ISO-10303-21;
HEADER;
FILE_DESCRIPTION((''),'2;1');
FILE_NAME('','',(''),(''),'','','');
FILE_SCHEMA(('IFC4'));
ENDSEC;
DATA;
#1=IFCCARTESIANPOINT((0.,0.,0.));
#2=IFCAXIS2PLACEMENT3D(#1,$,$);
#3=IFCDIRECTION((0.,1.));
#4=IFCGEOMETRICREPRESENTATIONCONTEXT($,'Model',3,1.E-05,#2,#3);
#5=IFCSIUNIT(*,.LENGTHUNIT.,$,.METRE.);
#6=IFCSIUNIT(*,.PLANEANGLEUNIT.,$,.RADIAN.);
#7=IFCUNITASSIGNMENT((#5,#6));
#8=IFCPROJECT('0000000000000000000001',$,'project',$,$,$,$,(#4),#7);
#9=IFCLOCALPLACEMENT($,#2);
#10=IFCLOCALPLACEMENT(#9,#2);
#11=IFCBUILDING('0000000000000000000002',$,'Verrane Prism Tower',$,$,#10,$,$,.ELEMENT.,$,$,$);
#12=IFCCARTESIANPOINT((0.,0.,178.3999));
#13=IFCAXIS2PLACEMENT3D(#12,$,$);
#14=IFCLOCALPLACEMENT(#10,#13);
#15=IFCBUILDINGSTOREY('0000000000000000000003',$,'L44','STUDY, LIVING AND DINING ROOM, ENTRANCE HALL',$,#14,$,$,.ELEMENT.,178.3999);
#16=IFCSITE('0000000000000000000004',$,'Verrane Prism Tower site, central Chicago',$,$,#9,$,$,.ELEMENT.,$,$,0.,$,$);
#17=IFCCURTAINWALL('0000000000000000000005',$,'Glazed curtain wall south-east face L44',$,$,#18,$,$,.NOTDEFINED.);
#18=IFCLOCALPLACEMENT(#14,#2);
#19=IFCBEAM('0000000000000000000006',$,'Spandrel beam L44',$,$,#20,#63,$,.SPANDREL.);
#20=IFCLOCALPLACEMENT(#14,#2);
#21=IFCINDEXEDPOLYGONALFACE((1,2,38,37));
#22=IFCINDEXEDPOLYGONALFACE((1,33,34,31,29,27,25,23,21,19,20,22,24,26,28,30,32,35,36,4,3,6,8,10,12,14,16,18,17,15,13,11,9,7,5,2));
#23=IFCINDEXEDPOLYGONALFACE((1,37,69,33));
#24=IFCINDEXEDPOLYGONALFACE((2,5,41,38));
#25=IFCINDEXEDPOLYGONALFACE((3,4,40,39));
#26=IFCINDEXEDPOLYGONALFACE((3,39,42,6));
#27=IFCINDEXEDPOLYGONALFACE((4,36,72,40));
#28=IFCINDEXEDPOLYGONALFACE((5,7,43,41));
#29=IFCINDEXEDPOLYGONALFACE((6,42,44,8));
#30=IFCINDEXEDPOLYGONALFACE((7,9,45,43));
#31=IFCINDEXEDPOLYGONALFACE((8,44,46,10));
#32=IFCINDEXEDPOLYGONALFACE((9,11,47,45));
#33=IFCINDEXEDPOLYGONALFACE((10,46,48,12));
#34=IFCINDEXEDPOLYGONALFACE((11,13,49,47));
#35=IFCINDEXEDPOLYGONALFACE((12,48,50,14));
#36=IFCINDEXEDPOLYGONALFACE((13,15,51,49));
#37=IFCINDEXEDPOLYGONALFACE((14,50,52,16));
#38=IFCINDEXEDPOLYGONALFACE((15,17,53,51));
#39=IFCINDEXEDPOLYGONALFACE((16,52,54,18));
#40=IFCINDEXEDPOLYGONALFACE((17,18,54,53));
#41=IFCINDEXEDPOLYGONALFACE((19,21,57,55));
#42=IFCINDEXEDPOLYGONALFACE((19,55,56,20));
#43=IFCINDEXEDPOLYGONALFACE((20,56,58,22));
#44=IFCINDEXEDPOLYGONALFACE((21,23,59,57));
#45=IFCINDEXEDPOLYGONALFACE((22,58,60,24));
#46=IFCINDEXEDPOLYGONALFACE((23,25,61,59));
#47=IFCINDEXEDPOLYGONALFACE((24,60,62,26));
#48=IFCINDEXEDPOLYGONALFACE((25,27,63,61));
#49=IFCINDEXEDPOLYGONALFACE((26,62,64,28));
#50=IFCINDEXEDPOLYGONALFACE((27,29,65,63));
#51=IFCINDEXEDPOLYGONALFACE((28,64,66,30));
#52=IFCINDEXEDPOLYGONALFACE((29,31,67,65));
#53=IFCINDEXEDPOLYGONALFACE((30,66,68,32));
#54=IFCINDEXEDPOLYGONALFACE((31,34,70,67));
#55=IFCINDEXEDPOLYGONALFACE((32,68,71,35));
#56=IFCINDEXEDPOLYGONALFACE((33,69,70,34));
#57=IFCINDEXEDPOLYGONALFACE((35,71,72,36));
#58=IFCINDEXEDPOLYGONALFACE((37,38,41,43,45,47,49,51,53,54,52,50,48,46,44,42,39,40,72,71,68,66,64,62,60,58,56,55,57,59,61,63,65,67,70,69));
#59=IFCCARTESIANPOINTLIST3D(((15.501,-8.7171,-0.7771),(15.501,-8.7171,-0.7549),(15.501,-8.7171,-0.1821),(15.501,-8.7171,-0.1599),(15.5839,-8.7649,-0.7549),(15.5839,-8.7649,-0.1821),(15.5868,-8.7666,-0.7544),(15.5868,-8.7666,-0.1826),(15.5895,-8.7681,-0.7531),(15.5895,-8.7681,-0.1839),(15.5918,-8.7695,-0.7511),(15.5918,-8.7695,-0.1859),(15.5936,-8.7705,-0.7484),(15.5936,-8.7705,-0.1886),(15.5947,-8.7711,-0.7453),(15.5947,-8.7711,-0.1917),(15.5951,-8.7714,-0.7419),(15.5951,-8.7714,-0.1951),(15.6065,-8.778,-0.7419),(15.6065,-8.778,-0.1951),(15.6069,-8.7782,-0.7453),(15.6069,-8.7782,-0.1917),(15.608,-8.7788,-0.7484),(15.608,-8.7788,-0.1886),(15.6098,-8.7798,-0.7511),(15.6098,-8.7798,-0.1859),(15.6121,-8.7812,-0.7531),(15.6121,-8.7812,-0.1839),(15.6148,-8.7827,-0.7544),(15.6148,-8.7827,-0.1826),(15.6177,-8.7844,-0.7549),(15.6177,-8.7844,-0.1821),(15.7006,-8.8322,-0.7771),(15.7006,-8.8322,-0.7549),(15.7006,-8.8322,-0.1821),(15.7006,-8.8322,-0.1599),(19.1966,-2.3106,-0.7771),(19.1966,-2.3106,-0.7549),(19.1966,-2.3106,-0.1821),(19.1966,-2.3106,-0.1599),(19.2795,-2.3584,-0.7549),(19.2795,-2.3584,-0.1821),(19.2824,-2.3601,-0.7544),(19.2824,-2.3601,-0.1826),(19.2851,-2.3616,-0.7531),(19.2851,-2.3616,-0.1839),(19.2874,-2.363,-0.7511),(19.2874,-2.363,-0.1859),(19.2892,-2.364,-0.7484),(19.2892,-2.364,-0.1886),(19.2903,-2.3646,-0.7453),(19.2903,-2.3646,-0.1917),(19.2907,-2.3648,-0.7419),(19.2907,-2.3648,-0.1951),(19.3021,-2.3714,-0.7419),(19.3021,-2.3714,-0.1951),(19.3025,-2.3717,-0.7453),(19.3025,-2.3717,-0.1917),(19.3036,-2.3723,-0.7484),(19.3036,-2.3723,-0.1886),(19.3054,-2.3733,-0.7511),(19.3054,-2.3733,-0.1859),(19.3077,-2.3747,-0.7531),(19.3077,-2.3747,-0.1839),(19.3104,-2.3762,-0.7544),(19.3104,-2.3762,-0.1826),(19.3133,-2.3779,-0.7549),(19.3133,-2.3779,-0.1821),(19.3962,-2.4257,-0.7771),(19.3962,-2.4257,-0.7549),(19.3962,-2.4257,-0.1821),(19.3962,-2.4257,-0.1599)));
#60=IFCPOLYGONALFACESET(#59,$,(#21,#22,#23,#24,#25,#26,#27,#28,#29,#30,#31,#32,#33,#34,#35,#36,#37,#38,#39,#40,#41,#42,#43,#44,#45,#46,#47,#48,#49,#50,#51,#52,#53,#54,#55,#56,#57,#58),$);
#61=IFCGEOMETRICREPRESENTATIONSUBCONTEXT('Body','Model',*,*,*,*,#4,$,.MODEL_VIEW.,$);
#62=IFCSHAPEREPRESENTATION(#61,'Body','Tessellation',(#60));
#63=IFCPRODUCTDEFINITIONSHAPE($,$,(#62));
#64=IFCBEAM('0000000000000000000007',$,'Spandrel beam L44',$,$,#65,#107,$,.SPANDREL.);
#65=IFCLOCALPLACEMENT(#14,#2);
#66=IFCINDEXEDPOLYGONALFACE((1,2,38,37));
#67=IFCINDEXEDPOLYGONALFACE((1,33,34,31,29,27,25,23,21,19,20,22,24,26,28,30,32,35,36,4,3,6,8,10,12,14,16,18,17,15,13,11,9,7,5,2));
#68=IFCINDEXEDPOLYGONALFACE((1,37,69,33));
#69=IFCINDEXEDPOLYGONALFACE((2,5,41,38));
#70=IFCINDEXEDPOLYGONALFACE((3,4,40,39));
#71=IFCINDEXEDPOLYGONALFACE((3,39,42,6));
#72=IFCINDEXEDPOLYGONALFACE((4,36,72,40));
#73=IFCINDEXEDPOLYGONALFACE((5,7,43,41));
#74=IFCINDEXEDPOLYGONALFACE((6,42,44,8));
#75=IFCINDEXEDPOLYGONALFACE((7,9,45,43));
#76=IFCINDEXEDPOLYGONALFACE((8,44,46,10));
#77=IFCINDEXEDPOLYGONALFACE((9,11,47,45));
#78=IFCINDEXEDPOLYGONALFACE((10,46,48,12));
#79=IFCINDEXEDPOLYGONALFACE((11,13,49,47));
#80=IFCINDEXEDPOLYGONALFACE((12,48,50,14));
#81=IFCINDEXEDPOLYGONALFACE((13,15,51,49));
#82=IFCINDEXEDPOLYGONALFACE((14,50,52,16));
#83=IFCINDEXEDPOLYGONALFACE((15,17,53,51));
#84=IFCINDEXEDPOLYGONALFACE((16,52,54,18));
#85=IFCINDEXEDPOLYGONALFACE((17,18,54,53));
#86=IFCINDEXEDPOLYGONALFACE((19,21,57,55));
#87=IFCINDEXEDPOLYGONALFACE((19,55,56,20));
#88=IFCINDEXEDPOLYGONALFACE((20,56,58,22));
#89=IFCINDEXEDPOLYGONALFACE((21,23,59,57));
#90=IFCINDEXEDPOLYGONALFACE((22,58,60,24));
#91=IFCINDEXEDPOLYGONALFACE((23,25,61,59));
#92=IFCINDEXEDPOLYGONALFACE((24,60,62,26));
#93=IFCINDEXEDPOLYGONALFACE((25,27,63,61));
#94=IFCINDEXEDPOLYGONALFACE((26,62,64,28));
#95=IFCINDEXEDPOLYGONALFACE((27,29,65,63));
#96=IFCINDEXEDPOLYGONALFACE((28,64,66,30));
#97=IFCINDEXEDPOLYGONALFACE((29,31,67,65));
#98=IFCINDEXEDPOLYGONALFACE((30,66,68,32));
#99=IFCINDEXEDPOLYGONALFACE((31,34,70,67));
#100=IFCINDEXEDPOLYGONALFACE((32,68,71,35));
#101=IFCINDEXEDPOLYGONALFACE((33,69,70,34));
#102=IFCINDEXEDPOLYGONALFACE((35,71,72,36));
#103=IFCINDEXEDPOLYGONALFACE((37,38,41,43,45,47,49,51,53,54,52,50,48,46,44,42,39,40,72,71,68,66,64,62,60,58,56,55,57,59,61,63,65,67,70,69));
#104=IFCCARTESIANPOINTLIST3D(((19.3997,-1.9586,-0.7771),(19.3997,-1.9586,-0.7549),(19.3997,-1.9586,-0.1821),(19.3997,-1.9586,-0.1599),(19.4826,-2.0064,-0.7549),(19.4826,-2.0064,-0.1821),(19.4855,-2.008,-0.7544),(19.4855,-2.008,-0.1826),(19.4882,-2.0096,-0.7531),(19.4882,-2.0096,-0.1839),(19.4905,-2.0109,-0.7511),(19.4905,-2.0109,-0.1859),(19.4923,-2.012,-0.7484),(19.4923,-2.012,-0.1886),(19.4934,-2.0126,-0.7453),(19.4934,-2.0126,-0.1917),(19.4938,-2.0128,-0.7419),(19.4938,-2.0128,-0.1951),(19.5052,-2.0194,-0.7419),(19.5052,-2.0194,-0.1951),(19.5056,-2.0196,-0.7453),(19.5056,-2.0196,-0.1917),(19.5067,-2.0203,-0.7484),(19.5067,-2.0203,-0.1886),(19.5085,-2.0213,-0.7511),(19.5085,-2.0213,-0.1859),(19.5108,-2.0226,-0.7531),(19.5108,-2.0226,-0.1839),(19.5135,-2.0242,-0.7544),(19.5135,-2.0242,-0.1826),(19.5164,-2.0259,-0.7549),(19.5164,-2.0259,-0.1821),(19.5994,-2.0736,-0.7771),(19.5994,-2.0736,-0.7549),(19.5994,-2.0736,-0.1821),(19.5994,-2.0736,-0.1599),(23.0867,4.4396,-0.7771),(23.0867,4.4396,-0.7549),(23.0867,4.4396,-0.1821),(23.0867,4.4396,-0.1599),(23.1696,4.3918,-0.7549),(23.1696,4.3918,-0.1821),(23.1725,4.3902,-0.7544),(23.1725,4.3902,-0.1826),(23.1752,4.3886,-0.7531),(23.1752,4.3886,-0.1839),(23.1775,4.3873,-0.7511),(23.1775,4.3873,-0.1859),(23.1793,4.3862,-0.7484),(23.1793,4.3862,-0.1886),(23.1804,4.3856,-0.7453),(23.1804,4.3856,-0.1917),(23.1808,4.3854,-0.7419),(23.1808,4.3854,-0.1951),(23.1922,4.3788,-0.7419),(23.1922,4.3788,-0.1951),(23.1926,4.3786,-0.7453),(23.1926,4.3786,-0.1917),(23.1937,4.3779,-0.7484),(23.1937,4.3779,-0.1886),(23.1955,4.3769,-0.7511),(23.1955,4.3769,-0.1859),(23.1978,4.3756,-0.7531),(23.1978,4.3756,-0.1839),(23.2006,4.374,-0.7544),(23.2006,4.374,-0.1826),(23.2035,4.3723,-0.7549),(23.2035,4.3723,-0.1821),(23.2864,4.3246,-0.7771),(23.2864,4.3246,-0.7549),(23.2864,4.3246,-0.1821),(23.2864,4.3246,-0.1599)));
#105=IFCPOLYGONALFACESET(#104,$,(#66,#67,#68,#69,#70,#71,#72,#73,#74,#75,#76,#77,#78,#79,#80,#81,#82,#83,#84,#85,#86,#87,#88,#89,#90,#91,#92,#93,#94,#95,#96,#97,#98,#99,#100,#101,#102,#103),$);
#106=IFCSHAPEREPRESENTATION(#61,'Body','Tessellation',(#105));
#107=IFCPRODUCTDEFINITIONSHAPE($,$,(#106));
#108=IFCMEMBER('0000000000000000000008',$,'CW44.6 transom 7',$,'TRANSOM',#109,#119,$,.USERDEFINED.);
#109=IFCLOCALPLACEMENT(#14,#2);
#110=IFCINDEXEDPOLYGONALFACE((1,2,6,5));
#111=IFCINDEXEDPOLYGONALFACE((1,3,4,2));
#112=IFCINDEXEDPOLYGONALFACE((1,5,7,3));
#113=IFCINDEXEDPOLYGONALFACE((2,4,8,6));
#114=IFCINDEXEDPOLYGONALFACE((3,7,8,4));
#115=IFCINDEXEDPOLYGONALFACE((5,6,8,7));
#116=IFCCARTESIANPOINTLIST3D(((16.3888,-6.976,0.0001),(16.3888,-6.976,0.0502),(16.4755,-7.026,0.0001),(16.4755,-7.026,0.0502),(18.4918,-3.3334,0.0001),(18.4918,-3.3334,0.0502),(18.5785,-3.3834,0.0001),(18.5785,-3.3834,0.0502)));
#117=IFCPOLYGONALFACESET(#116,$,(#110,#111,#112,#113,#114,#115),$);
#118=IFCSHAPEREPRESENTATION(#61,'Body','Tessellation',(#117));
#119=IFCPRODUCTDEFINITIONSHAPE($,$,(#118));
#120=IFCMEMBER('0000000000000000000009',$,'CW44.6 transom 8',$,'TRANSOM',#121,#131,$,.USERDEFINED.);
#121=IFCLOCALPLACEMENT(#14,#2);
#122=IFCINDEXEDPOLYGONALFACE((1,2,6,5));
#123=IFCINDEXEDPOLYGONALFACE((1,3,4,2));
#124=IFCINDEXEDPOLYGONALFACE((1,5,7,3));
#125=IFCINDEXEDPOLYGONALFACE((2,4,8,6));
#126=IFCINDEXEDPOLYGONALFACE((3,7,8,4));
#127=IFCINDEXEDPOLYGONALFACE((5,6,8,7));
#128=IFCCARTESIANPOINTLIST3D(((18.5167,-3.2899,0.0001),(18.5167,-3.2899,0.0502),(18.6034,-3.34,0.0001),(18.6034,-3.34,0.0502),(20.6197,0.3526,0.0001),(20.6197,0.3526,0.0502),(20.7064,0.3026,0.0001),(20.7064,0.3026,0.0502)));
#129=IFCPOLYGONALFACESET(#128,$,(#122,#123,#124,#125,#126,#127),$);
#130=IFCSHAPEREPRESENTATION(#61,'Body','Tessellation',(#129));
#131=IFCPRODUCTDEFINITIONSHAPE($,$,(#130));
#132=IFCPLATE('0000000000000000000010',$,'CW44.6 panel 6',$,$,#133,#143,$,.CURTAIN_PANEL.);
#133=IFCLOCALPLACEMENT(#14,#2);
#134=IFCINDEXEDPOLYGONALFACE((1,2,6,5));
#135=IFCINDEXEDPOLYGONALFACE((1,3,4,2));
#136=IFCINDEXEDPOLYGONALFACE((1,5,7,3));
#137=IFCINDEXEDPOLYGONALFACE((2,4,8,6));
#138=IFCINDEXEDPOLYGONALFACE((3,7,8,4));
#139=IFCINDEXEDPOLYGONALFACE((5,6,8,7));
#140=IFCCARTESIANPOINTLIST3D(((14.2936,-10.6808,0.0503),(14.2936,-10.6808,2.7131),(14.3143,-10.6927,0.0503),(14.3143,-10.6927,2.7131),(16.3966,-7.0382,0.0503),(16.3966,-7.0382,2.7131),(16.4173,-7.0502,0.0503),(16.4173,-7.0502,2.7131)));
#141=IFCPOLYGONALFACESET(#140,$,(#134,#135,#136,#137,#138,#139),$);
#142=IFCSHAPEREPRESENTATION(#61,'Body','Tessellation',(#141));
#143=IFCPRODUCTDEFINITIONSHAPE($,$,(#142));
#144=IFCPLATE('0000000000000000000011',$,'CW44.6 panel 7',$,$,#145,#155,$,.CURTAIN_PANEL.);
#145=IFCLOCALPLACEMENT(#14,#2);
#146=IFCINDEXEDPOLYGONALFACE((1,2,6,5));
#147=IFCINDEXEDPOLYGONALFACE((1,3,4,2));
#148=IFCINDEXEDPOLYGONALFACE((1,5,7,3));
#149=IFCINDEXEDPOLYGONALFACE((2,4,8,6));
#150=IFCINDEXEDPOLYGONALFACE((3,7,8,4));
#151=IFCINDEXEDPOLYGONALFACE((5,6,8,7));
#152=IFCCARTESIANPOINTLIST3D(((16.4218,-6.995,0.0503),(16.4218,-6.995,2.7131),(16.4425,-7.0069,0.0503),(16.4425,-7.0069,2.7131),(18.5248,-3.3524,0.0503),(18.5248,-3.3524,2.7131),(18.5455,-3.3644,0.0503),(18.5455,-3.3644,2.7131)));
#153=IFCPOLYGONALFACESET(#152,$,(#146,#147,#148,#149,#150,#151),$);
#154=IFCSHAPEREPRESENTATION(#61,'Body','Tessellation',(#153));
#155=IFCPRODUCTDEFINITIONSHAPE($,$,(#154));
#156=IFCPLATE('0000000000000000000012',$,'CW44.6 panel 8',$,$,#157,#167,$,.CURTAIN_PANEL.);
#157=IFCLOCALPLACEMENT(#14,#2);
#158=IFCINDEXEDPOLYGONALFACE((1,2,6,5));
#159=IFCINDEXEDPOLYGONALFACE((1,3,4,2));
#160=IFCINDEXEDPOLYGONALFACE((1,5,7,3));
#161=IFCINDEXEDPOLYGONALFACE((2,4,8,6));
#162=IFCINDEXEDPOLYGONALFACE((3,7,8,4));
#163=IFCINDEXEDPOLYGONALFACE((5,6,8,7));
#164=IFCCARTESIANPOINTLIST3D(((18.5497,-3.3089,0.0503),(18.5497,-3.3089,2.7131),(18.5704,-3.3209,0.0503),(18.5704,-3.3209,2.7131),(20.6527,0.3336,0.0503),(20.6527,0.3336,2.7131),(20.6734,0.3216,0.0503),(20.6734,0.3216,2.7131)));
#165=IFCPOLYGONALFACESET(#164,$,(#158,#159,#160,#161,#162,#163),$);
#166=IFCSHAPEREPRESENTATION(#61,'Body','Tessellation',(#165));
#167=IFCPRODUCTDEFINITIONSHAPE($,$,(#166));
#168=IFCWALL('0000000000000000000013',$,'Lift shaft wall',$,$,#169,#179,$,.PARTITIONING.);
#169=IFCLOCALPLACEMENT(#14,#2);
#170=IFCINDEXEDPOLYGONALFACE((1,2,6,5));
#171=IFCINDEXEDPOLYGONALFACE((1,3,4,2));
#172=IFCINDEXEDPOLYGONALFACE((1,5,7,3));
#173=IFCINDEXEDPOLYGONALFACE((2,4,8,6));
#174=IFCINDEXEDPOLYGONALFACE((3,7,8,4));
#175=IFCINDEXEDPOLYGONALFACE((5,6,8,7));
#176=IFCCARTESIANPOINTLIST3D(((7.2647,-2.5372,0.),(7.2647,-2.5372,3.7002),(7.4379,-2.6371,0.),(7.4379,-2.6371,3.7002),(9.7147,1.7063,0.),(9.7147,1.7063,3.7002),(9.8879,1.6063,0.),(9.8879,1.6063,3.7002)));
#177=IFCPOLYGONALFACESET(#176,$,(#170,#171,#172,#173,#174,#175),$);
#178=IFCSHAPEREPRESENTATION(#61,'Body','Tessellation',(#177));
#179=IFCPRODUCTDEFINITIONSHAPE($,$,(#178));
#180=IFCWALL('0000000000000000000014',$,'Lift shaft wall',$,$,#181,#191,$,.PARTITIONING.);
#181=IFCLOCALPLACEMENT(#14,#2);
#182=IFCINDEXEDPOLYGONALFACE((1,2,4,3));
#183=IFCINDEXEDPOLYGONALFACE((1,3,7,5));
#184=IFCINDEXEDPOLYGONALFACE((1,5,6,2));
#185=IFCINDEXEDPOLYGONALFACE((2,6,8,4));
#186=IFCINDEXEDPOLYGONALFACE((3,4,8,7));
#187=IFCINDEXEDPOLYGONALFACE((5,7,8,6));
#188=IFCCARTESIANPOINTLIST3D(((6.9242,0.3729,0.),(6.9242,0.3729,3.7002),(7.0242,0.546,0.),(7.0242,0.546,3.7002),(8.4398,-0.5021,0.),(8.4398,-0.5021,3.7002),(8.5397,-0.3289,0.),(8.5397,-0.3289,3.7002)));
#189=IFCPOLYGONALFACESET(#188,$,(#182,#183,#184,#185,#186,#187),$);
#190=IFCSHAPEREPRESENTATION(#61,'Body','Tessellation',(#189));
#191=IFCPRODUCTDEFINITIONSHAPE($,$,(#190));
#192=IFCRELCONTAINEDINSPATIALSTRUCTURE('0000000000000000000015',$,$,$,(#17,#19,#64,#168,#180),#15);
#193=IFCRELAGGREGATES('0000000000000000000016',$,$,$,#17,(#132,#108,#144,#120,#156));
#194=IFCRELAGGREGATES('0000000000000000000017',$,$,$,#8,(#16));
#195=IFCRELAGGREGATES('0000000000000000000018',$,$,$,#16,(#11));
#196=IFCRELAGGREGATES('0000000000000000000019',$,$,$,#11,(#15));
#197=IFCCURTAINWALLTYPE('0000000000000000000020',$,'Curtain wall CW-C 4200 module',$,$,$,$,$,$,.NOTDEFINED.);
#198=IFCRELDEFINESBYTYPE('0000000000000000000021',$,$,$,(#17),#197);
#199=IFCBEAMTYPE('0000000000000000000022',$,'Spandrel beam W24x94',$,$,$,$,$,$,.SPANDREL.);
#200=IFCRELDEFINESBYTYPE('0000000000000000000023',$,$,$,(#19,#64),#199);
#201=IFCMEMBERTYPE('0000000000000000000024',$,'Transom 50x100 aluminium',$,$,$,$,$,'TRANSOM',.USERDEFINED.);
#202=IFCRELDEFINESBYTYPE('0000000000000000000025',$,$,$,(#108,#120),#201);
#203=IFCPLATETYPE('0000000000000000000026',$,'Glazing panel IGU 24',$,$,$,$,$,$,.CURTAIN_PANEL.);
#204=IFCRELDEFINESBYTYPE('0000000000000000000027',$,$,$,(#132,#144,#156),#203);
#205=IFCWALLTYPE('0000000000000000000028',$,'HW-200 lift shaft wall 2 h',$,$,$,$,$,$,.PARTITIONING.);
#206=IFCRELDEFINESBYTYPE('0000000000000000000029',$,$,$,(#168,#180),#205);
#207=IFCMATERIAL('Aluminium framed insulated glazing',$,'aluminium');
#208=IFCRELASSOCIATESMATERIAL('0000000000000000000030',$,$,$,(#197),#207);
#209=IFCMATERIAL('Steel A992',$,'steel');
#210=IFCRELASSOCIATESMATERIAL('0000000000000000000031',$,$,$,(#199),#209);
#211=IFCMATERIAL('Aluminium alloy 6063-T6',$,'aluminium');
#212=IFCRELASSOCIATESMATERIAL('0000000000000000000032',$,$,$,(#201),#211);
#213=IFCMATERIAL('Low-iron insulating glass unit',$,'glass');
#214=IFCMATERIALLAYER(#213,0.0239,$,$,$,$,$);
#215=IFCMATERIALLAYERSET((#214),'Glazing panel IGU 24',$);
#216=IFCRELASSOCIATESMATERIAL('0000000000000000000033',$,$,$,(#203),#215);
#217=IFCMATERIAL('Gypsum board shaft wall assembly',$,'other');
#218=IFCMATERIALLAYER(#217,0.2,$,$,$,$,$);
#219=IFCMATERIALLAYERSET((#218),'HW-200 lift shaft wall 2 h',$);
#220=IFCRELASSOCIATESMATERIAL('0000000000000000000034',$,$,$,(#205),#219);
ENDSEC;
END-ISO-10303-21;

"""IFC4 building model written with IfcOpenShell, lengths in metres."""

from ifc_helpers import new_model, si_unit, direction, frame, frame_2d, origin, origin_2d, place, context, subcontext, project, spatial, rectangle, i_section, extrude, material, layer, layer_set, material_profile, profile_set, type_object, element, aggregate, save


model = new_model("IFC4")

# Units and contexts
model_context = context("Model", 3, precision=1e-05, world=origin(), true_north=direction((0.0, 1.0)))
body_context = subcontext(model_context, "Body", "Model", "MODEL_VIEW")
ifc_project = project(units=[si_unit("LENGTHUNIT", "METRE"), si_unit("PLANEANGLEUNIT", "RADIAN")], contexts=[model_context])

# Site, building, storey
site_placement = place(None, origin())
site = spatial("IfcSite", under=ifc_project, at=site_placement, Name="Verrane Prism Tower site, central Chicago", CompositionType="ELEMENT", RefElevation=0.0)
building_placement = place(site_placement, origin())
building = spatial("IfcBuilding", under=site, at=building_placement, Name="Verrane Prism Tower", CompositionType="ELEMENT")
storey_placement = place(building_placement, frame((0.0, 0.0, 178.3999)))
storey = spatial("IfcBuildingStorey", under=building, at=storey_placement, Name="L44", Description="STUDY, LIVING AND DINING ROOM, ENTRANCE HALL", CompositionType="ELEMENT", Elevation=178.3999)

# Curtain wall
ifc_material_1 = material(Name="Aluminium framed insulated glazing", Category="aluminium")
curtain_wall_type = type_object("IfcCurtainWallType", Name="Curtain wall CW-C 4200 module", PredefinedType="NOTDEFINED", material=ifc_material_1)
curtain_wall_placement = place(storey_placement, origin())
curtain_wall = element("IfcCurtainWall", 1, at=curtain_wall_placement, inside=storey, type_object=curtain_wall_type, Name="Glazed curtain wall south-east face L44", PredefinedType="NOTDEFINED")

# Beams
ifc_material_2 = material(Name="Steel A992", Category="steel")
ifc_material_profile_1 = material_profile(ifc_material_2, i_section(OverallWidth=0.2305, OverallDepth=0.6172, WebThickness=0.0132, FlangeThickness=0.0222, FilletRadius=0.0129, at=origin_2d()), Name="W24x94")
ifc_profile_set_1 = profile_set([ifc_material_profile_1], Name="Steel A992")
beam_type_1 = type_object("IfcBeamType", Name="Spandrel beam W24x94", PredefinedType="SPANDREL", material=ifc_profile_set_1)
beam_1_placement = place(storey_placement, frame((15.6008, -8.7747, -0.4685), z_axis=(0.499672, 0.866215, 0.0), x_axis=(-0.866215, 0.499672, 0.0)))
element("IfcBeam", 2, at=beam_1_placement, inside=storey, type_object=beam_type_1, Name="Spandrel beam L44", PredefinedType="SPANDREL", context=body_context, shape_type="SweptSolid", body=[
    extrude(i_section(OverallWidth=0.2305, OverallDepth=0.6172, WebThickness=0.0132, FlangeThickness=0.0222, FilletRadius=0.0129, at=origin_2d()), origin(), (0.0, 0.0, 1.0), 7.396),
])
beam_2_placement = place(storey_placement, frame((19.4995, -2.0161, -0.4685), z_axis=(0.49929, 0.866435, 0.0), x_axis=(-0.866435, 0.49929, 0.0)))
element("IfcBeam", 3, at=beam_2_placement, inside=storey, type_object=beam_type_1, Name="Spandrel beam L44", PredefinedType="SPANDREL", context=body_context, shape_type="SweptSolid", body=[
    extrude(i_section(OverallWidth=0.2305, OverallDepth=0.6172, WebThickness=0.0132, FlangeThickness=0.0222, FilletRadius=0.0129, at=origin_2d()), origin(), (0.0, 0.0, 1.0), 7.3845),
])

# Members
ifc_material_3 = material(Name="Aluminium alloy 6063-T6", Category="aluminium")
ifc_material_profile_2 = material_profile(ifc_material_3, rectangle(XDim=0.1001, YDim=0.05, at=origin_2d()), Name="Transom 50x100 aluminium")
ifc_profile_set_2 = profile_set([ifc_material_profile_2], Name="Aluminium alloy 6063-T6")
member_type_1 = type_object("IfcMemberType", Name="Transom 50x100 aluminium", ElementType="TRANSOM", PredefinedType="USERDEFINED", material=ifc_profile_set_2)
member_1_placement = place(storey_placement, frame((16.4321, -7.001, 0.0251), z_axis=(0.499997, 0.866027, 0.0), x_axis=(-0.866027, 0.499997, 0.0)))
member_1 = element("IfcMember", 4, at=member_1_placement, type_object=member_type_1, Name="CW44.6 transom 7", ObjectType="TRANSOM", PredefinedType="USERDEFINED", context=body_context, shape_type="SweptSolid", body=[
    extrude(rectangle(XDim=0.1001, YDim=0.05, at=origin_2d()), origin(), (0.0, 0.0, 1.0), 4.2061),
])
member_2_placement = place(storey_placement, frame((18.5601, -3.3149, 0.0251), z_axis=(0.499997, 0.866027, 0.0), x_axis=(-0.866027, 0.499997, 0.0)))
member_2 = element("IfcMember", 5, at=member_2_placement, type_object=member_type_1, Name="CW44.6 transom 8", ObjectType="TRANSOM", PredefinedType="USERDEFINED", context=body_context, shape_type="SweptSolid", body=[
    extrude(rectangle(XDim=0.1001, YDim=0.05, at=origin_2d()), origin(), (0.0, 0.0, 1.0), 4.2061),
])

# Plates
ifc_material_4 = material(Name="Low-iron insulating glass unit", Category="glass")
ifc_layer_1 = layer(ifc_material_4, 0.0239)
ifc_layer_set_1 = layer_set([ifc_layer_1], Name="Glazing panel IGU 24")
plate_type = type_object("IfcPlateType", Name="Glazing panel IGU 24", PredefinedType="CURTAIN_PANEL", material=ifc_layer_set_1)
plate_1_placement = place(storey_placement, frame((15.3555, -8.8655, 0.0503), z_axis=(0.0, 0.0, 1.0), x_axis=(0.499999, 0.866026, 0.0)))
plate_1 = element("IfcPlate", 6, at=plate_1_placement, type_object=plate_type, Name="CW44.6 panel 6", PredefinedType="CURTAIN_PANEL", context=body_context, shape_type="SweptSolid", body=[
    extrude(rectangle(XDim=4.2061, YDim=0.0239, at=origin_2d()), origin(), (0.0, 0.0, 1.0), 2.6628),
])
plate_2_placement = place(storey_placement, frame((17.4836, -5.1797, 0.0503), z_axis=(0.0, 0.0, 1.0), x_axis=(0.499999, 0.866026, 0.0)))
plate_2 = element("IfcPlate", 7, at=plate_2_placement, type_object=plate_type, Name="CW44.6 panel 7", PredefinedType="CURTAIN_PANEL", context=body_context, shape_type="SweptSolid", body=[
    extrude(rectangle(XDim=4.2061, YDim=0.0239, at=origin_2d()), origin(), (0.0, 0.0, 1.0), 2.6628),
])
plate_3_placement = place(storey_placement, frame((19.6116, -1.4937, 0.0503), z_axis=(0.0, 0.0, 1.0), x_axis=(0.499999, 0.866026, 0.0)))
plate_3 = element("IfcPlate", 8, at=plate_3_placement, type_object=plate_type, Name="CW44.6 panel 8", PredefinedType="CURTAIN_PANEL", context=body_context, shape_type="SweptSolid", body=[
    extrude(rectangle(XDim=4.2061, YDim=0.0239, at=origin_2d()), origin(), (0.0, 0.0, 1.0), 2.6628),
])
aggregate(curtain_wall, [plate_1, member_1, plate_2, member_2, plate_3])

# Walls
ifc_material_5 = material(Name="Gypsum board shaft wall assembly", Category="other")
ifc_layer_2 = layer(ifc_material_5, 0.2)
ifc_layer_set_2 = layer_set([ifc_layer_2], Name="HW-200 lift shaft wall 2 h")
wall_type_1 = type_object("IfcWallType", Name="HW-200 lift shaft wall 2 h", PredefinedType="PARTITIONING", material=ifc_layer_set_2)
wall_1_placement = place(storey_placement, frame((7.3513, -2.5872, 0.0), z_axis=(0.0, 0.0, 1.0), x_axis=(0.500003, 0.866024, 0.0)))
element("IfcWall", 9, at=wall_1_placement, inside=storey, type_object=wall_type_1, Name="Lift shaft wall", PredefinedType="PARTITIONING", context=body_context, shape_type="SweptSolid", body=[
    extrude(rectangle(XDim=4.8999, YDim=0.2, at=frame_2d((2.45, 0.0))), origin(), (0.0, 0.0, 1.0), 3.7002),
])
for number, where, z_axis, x_axis, name in (
    (10, (8.4897, -0.4155, 0.0), (0.0, 0.0, 1.0), (-0.866037, 0.49998, 0.0), "Lift shaft wall"),
):
    element("IfcWall", number, at=place(storey_placement, frame(where, z_axis=z_axis, x_axis=x_axis)), inside=storey, type_object=wall_type_1, Name=name, PredefinedType="PARTITIONING", context=body_context, shape_type="SweptSolid", body=[
        extrude(rectangle(XDim=1.75, YDim=0.2, at=frame_2d((0.875, 0.0))), origin(), (0.0, 0.0, 1.0), 3.7002),
    ])

save(model, "model.ifc")
